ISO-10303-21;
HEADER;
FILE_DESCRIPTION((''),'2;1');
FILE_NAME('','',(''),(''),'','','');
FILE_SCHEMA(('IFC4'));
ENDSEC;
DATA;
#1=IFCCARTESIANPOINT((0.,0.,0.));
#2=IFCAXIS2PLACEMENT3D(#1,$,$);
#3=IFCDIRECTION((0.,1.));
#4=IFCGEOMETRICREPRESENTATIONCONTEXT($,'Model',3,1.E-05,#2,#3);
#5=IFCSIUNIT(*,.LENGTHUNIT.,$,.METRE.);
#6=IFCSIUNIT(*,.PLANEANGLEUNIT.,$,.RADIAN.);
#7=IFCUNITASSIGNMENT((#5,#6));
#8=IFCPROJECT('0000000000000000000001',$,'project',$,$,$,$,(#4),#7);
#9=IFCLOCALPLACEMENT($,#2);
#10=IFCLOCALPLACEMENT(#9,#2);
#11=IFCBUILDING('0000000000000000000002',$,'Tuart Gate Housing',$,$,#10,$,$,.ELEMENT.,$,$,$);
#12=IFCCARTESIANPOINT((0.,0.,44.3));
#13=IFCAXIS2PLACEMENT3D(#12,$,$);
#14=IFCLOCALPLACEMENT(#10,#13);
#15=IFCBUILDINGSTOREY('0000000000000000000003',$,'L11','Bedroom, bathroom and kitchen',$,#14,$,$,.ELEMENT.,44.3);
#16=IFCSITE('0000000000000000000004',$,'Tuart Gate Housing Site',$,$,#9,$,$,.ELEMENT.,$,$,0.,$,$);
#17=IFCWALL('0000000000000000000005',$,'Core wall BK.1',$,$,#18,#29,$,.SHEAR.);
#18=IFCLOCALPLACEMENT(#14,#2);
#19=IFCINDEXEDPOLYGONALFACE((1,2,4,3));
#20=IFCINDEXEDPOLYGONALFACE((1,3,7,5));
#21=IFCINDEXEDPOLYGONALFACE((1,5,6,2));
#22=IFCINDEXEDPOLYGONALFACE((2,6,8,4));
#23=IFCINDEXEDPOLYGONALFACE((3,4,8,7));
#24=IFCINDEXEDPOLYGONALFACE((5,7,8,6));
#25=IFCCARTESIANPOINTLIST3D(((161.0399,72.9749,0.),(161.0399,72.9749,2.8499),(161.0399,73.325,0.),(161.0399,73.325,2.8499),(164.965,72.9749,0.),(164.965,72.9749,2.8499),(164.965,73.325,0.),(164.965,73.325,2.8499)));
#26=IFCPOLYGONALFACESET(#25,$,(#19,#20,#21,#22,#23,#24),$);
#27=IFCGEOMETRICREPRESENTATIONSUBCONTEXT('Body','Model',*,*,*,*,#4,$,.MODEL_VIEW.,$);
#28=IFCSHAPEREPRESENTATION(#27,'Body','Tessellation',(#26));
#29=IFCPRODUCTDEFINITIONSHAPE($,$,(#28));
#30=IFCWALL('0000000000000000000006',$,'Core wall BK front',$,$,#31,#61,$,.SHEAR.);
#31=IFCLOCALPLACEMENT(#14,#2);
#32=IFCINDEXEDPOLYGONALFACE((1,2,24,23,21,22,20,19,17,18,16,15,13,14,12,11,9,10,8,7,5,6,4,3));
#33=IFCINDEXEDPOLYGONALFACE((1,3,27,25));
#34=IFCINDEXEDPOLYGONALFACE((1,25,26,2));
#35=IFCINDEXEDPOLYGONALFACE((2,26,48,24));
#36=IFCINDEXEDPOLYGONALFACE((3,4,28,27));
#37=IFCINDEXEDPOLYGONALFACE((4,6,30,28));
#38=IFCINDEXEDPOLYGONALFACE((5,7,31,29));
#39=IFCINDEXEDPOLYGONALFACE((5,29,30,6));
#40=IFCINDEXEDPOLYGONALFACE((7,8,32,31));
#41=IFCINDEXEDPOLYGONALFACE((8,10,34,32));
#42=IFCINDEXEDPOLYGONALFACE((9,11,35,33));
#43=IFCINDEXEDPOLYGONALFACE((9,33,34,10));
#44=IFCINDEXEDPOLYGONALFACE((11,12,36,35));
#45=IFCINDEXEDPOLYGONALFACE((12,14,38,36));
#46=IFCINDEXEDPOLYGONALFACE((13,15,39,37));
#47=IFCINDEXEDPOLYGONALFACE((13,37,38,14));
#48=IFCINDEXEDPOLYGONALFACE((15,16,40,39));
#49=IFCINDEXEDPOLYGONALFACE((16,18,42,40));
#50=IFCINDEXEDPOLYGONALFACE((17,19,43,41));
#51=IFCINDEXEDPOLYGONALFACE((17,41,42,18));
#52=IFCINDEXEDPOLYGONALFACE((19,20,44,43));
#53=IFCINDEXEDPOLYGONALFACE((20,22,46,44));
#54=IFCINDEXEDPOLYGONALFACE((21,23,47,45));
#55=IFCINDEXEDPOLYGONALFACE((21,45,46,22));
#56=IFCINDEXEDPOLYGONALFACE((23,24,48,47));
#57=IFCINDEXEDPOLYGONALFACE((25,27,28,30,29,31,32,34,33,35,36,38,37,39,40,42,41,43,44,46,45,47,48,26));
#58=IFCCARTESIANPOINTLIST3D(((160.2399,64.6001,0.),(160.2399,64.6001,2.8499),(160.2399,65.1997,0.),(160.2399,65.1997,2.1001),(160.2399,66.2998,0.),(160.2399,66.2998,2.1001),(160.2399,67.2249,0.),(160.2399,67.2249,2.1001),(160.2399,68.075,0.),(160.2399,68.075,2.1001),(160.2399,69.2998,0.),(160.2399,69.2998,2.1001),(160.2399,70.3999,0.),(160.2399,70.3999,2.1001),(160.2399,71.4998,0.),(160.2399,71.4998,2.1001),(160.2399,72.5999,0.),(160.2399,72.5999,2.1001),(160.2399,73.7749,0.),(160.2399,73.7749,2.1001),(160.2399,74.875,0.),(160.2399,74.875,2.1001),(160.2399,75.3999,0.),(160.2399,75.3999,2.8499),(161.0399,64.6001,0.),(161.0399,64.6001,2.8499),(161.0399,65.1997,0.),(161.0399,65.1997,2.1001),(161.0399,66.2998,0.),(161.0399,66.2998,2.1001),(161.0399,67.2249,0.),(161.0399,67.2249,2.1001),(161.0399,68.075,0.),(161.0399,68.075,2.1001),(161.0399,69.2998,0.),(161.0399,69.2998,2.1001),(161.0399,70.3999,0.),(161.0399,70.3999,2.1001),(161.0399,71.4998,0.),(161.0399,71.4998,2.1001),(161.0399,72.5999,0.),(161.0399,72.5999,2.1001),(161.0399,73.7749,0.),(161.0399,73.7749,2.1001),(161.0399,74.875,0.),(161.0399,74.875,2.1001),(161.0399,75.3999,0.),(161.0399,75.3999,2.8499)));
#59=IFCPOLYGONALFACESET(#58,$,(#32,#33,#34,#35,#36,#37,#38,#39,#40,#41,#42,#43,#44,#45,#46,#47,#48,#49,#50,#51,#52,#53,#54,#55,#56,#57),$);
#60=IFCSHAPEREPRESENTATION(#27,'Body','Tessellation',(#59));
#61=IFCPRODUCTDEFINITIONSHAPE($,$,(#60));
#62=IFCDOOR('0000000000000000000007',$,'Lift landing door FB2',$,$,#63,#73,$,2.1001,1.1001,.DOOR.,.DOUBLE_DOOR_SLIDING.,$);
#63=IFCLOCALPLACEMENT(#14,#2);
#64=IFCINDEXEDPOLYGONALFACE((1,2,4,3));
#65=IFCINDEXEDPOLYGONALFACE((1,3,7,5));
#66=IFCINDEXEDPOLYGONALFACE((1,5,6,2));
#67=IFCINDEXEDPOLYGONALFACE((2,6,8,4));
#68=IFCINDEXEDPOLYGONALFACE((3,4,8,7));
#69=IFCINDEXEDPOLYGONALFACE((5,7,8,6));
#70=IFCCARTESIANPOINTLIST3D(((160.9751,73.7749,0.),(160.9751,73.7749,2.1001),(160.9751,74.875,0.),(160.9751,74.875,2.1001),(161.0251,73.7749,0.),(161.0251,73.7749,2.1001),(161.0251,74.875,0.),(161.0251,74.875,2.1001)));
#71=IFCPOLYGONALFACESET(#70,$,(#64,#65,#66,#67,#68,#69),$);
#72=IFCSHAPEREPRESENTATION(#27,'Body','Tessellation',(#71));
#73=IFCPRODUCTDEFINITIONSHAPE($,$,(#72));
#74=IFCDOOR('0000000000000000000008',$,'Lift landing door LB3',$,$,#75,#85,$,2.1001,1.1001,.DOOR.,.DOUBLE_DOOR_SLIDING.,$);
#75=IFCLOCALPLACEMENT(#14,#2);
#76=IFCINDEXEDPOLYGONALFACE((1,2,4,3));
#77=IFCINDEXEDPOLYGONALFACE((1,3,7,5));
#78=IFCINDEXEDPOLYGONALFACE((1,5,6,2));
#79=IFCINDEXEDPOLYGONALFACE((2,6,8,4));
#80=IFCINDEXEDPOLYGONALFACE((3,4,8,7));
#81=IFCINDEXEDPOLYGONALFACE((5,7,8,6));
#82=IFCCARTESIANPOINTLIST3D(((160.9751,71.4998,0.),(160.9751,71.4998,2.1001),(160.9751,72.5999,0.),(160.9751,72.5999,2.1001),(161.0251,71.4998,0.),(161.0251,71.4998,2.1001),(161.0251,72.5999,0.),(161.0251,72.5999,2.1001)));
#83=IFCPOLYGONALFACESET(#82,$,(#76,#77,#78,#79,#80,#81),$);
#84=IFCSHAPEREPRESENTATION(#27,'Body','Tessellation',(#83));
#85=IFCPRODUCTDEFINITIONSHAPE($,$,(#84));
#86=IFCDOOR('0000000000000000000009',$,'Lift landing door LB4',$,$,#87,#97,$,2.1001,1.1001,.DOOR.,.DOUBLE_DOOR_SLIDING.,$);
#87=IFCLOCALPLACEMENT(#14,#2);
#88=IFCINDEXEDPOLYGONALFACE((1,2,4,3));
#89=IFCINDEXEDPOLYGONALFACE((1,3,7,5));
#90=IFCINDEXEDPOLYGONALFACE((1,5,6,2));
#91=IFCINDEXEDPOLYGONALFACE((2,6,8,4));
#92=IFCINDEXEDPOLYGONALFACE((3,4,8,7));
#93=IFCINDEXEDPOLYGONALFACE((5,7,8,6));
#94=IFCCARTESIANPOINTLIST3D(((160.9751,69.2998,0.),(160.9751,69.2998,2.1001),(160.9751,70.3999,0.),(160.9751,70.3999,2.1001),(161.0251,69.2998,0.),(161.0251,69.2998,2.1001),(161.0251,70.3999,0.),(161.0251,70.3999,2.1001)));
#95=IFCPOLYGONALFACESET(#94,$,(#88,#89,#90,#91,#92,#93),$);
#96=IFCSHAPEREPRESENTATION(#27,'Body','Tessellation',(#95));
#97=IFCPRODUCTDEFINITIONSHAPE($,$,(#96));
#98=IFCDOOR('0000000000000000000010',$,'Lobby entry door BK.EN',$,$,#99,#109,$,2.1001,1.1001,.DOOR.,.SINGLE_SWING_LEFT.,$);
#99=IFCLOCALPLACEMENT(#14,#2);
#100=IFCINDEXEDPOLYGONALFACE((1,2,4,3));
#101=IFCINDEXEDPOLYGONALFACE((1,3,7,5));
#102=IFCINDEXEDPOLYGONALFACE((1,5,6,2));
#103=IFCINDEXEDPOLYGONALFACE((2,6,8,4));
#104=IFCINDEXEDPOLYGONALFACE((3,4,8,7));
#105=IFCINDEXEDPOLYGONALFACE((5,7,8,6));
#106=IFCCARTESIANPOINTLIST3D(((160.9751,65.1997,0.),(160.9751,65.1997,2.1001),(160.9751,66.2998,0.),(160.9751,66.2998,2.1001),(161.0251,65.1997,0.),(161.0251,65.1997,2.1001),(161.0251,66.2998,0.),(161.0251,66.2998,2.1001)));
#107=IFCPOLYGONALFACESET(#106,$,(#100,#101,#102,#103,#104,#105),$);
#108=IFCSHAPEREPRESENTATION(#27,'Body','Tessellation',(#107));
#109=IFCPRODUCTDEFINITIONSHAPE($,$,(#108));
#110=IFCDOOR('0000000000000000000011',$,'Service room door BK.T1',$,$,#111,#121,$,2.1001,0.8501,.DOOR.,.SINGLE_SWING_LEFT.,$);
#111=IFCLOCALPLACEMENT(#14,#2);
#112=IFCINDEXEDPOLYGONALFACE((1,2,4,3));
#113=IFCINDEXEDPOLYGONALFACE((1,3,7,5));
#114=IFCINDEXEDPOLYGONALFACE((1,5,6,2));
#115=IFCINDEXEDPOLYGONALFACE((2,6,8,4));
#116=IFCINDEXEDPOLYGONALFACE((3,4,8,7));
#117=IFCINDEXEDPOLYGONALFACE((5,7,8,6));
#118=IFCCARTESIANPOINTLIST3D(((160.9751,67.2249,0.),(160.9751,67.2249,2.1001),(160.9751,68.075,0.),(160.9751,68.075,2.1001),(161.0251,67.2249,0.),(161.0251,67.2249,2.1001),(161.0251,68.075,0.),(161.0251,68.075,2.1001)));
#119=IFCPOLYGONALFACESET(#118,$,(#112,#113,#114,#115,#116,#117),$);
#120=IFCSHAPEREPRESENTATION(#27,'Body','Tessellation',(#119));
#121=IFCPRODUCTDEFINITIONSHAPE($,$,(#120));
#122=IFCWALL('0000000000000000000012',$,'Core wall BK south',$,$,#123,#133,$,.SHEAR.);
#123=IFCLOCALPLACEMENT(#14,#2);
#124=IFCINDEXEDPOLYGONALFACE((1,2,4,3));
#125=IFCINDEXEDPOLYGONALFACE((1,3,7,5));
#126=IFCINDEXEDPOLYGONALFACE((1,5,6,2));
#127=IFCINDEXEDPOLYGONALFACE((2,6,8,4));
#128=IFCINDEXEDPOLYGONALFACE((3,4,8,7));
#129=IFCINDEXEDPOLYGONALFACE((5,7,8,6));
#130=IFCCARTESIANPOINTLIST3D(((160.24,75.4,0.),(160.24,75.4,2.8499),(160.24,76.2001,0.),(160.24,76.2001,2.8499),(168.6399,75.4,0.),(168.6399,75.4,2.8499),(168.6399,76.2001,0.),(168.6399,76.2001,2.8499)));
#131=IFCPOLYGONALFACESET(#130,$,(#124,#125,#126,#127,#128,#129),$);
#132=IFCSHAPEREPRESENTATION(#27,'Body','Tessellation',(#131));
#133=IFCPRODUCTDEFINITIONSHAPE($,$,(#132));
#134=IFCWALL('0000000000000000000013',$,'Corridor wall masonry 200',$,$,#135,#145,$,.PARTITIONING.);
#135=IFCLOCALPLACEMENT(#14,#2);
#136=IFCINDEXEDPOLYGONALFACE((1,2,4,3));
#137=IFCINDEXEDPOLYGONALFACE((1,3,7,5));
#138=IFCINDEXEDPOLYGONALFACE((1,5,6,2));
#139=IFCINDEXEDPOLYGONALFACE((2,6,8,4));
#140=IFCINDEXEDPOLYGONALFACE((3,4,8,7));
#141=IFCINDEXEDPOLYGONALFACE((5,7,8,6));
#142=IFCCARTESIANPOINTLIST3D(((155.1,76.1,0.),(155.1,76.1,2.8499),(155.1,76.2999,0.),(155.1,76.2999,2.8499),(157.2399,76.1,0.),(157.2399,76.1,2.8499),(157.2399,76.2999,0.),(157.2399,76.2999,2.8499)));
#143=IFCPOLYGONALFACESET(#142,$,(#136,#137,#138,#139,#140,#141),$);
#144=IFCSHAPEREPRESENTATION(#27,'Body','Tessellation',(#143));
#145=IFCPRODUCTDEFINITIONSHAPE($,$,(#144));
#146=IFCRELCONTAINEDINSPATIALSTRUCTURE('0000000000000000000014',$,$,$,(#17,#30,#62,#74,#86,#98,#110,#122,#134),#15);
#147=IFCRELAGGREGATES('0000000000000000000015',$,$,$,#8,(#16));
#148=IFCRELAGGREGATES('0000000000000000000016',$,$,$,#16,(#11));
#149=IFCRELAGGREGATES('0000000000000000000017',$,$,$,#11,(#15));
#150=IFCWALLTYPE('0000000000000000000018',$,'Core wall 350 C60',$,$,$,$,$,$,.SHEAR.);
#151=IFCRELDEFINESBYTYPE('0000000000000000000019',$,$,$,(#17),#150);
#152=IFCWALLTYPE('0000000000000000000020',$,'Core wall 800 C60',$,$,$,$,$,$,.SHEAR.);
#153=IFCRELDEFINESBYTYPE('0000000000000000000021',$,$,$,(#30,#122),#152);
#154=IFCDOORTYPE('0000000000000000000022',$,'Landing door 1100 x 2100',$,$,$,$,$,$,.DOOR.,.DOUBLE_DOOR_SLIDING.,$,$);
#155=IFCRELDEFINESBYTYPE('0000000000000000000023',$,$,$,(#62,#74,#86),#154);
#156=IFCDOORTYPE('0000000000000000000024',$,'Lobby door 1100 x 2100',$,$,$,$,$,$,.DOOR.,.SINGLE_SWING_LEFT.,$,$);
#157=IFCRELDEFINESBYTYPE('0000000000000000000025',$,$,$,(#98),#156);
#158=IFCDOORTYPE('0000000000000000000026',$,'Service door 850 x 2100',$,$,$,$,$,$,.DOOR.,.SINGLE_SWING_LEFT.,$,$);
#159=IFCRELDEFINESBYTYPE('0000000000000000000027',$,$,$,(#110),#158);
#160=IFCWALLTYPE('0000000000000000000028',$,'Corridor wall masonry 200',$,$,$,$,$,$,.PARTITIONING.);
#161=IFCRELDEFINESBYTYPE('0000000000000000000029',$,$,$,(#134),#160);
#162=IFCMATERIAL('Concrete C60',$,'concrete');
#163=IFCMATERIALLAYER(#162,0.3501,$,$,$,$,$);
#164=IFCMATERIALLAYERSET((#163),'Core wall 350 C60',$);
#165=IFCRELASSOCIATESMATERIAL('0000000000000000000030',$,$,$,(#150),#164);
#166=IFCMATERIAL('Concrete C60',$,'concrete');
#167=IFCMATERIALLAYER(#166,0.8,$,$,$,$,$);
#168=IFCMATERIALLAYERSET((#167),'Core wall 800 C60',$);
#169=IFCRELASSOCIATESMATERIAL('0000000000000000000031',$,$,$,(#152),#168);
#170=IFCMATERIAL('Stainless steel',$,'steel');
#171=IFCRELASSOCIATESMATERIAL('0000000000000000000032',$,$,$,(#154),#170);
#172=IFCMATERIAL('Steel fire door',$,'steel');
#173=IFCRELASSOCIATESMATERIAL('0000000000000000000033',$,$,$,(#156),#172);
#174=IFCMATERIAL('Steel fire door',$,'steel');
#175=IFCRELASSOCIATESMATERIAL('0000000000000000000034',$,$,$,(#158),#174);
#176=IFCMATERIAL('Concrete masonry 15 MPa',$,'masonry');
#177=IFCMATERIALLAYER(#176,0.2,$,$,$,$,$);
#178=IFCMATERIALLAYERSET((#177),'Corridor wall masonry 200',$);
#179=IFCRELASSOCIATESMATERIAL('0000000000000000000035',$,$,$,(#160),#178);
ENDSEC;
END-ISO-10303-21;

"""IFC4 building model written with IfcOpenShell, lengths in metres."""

from ifc_helpers import new_model, si_unit, direction, frame, frame_2d, origin, place, context, subcontext, project, spatial, rectangle, extrude, material, layer, layer_set, type_object, element, fill, save


model = new_model("IFC4")

# Units and contexts
model_context = context("Model", 3, precision=1e-05, world=origin(), true_north=direction((0.0, 1.0)))
body_context = subcontext(model_context, "Body", "Model", "MODEL_VIEW")
ifc_project = project(units=[si_unit("LENGTHUNIT", "METRE"), si_unit("PLANEANGLEUNIT", "RADIAN")], contexts=[model_context])

# Site, building, storey
site_placement = place(None, origin())
site = spatial("IfcSite", under=ifc_project, at=site_placement, Name="Tuart Gate Housing Site", CompositionType="ELEMENT", RefElevation=0.0)
building_placement = place(site_placement, origin())
building = spatial("IfcBuilding", under=site, at=building_placement, Name="Tuart Gate Housing", CompositionType="ELEMENT")
storey_placement = place(building_placement, frame((0.0, 0.0, 44.3)))
storey = spatial("IfcBuildingStorey", under=building, at=storey_placement, Name="L11", Description="Bedroom, bathroom and kitchen", CompositionType="ELEMENT", Elevation=44.3)

# Wall
ifc_material_1 = material(Name="Concrete C60", Category="concrete")
ifc_layer_1 = layer(ifc_material_1, 0.3501)
ifc_layer_set_1 = layer_set([ifc_layer_1], Name="Core wall 350 C60")
wall_type_1 = type_object("IfcWallType", Name="Core wall 350 C60", PredefinedType="SHEAR", material=ifc_layer_set_1)
wall_1_placement = place(storey_placement, frame((161.04, 73.1499, 0.0), z_axis=(0.0, 0.0, 1.0), x_axis=(1.0, 0.0, 0.0)))
element("IfcWall", 1, at=wall_1_placement, inside=storey, type_object=wall_type_1, Name="Core wall BK.1", PredefinedType="SHEAR", context=body_context, shape_type="SweptSolid", body=[
    extrude(rectangle(XDim=3.925, YDim=0.3501, at=frame_2d((1.9624, 0.0))), origin(), (0.0, 0.0, 1.0), 2.8499),
])

# Wall, openings, doors
ifc_material_2 = material(Name="Concrete C60", Category="concrete")
ifc_layer_2 = layer(ifc_material_2, 0.8)
ifc_layer_set_2 = layer_set([ifc_layer_2], Name="Core wall 800 C60")
wall_type_2 = type_object("IfcWallType", Name="Core wall 800 C60", PredefinedType="SHEAR", material=ifc_layer_set_2)
wall_2_placement = place(storey_placement, frame((160.6399, 75.3999, 0.0), z_axis=(0.0, 0.0, 1.0), x_axis=(0.0, -1.0, 0.0)))
wall_2 = element("IfcWall", 2, at=wall_2_placement, inside=storey, type_object=wall_type_2, Name="Core wall BK front", PredefinedType="SHEAR", context=body_context, shape_type="SweptSolid", body=[
    extrude(rectangle(XDim=10.7998, YDim=0.8, at=frame_2d((5.3999, 0.0))), origin(), (0.0, 0.0, 1.0), 2.8499),
])
opening_1_placement = place(wall_2_placement, frame((0.5249, 0.0, 0.0)))
opening_1 = element("IfcOpeningElement", 3, at=opening_1_placement, cuts=wall_2, PredefinedType="OPENING", context=body_context, shape_type="SweptSolid", body=[
    extrude(rectangle(XDim=1.1001, YDim=2.1001, at=frame_2d((0.55, 1.05))), frame((0.0, 0.4099, 0.0), z_axis=(0.0, -1.0, 0.0), x_axis=(1.0, 0.0, 0.0)), (0.0, 0.0, 1.0), 0.8201),
])
opening_2_placement = place(wall_2_placement, frame((2.8, 0.0, 0.0)))
opening_2 = element("IfcOpeningElement", 4, at=opening_2_placement, cuts=wall_2, PredefinedType="OPENING", context=body_context, shape_type="SweptSolid", body=[
    extrude(rectangle(XDim=1.1001, YDim=2.1001, at=frame_2d((0.55, 1.05))), frame((0.0, 0.4099, 0.0), z_axis=(0.0, -1.0, 0.0), x_axis=(1.0, 0.0, 0.0)), (0.0, 0.0, 1.0), 0.8201),
])
opening_3_placement = place(wall_2_placement, frame((5.0, 0.0, 0.0)))
opening_3 = element("IfcOpeningElement", 5, at=opening_3_placement, cuts=wall_2, PredefinedType="OPENING", context=body_context, shape_type="SweptSolid", body=[
    extrude(rectangle(XDim=1.1001, YDim=2.1001, at=frame_2d((0.55, 1.05))), frame((0.0, 0.4099, 0.0), z_axis=(0.0, -1.0, 0.0), x_axis=(1.0, 0.0, 0.0)), (0.0, 0.0, 1.0), 0.8201),
])
opening_4_placement = place(wall_2_placement, frame((9.1001, 0.0, 0.0)))
opening_4 = element("IfcOpeningElement", 6, at=opening_4_placement, cuts=wall_2, PredefinedType="OPENING", context=body_context, shape_type="SweptSolid", body=[
    extrude(rectangle(XDim=1.1001, YDim=2.1001, at=frame_2d((0.55, 1.05))), frame((0.0, 0.4099, 0.0), z_axis=(0.0, -1.0, 0.0), x_axis=(1.0, 0.0, 0.0)), (0.0, 0.0, 1.0), 0.8201),
])
opening_5_placement = place(wall_2_placement, frame((7.325, 0.0, 0.0)))
opening_5 = element("IfcOpeningElement", 7, at=opening_5_placement, cuts=wall_2, PredefinedType="OPENING", context=body_context, shape_type="SweptSolid", body=[
    extrude(rectangle(XDim=0.8501, YDim=2.1001, at=frame_2d((0.425, 1.05))), frame((0.0, 0.4099, 0.0), z_axis=(0.0, -1.0, 0.0), x_axis=(1.0, 0.0, 0.0)), (0.0, 0.0, 1.0), 0.8201),
])
ifc_material_3 = material(Name="Stainless steel", Category="steel")
door_type_1 = type_object("IfcDoorType", Name="Landing door 1100 x 2100", OperationType="DOUBLE_DOOR_SLIDING", PredefinedType="DOOR", material=ifc_material_3)
door_1_placement = place(opening_1_placement, origin())
door_1 = element("IfcDoor", 8, at=door_1_placement, inside=storey, type_object=door_type_1, Name="Lift landing door FB2", OperationType="DOUBLE_DOOR_SLIDING", OverallHeight=2.1001, OverallWidth=1.1001, PredefinedType="DOOR", context=body_context, shape_type="SweptSolid", body=[
    extrude(rectangle(XDim=1.1001, YDim=2.1001, at=frame_2d((0.55, 1.05))), frame((0.0, 0.3853, 0.0), z_axis=(0.0, -1.0, 0.0), x_axis=(1.0, 0.0, 0.0)), (0.0, 0.0, 1.0), 0.05),
])
fill(opening_1, door_1)
door_2_placement = place(opening_2_placement, origin())
door_2 = element("IfcDoor", 9, at=door_2_placement, inside=storey, type_object=door_type_1, Name="Lift landing door LB3", OperationType="DOUBLE_DOOR_SLIDING", OverallHeight=2.1001, OverallWidth=1.1001, PredefinedType="DOOR", context=body_context, shape_type="SweptSolid", body=[
    extrude(rectangle(XDim=1.1001, YDim=2.1001, at=frame_2d((0.55, 1.05))), frame((0.0, 0.3853, 0.0), z_axis=(0.0, -1.0, 0.0), x_axis=(1.0, 0.0, 0.0)), (0.0, 0.0, 1.0), 0.05),
])
fill(opening_2, door_2)
door_3_placement = place(opening_3_placement, origin())
door_3 = element("IfcDoor", 10, at=door_3_placement, inside=storey, type_object=door_type_1, Name="Lift landing door LB4", OperationType="DOUBLE_DOOR_SLIDING", OverallHeight=2.1001, OverallWidth=1.1001, PredefinedType="DOOR", context=body_context, shape_type="SweptSolid", body=[
    extrude(rectangle(XDim=1.1001, YDim=2.1001, at=frame_2d((0.55, 1.05))), frame((0.0, 0.3853, 0.0), z_axis=(0.0, -1.0, 0.0), x_axis=(1.0, 0.0, 0.0)), (0.0, 0.0, 1.0), 0.05),
])
fill(opening_3, door_3)
ifc_material_4 = material(Name="Steel fire door", Category="steel")
door_type_2 = type_object("IfcDoorType", Name="Lobby door 1100 x 2100", OperationType="SINGLE_SWING_LEFT", PredefinedType="DOOR", material=ifc_material_4)
door_4_placement = place(opening_4_placement, origin())
door_4 = element("IfcDoor", 11, at=door_4_placement, inside=storey, type_object=door_type_2, Name="Lobby entry door BK.EN", OperationType="SINGLE_SWING_LEFT", OverallHeight=2.1001, OverallWidth=1.1001, PredefinedType="DOOR", context=body_context, shape_type="SweptSolid", body=[
    extrude(rectangle(XDim=1.1001, YDim=2.1001, at=frame_2d((0.55, 1.05))), frame((0.0, 0.3853, 0.0), z_axis=(0.0, -1.0, 0.0), x_axis=(1.0, 0.0, 0.0)), (0.0, 0.0, 1.0), 0.05),
])
fill(opening_4, door_4)
ifc_material_5 = material(Name="Steel fire door", Category="steel")
door_type_3 = type_object("IfcDoorType", Name="Service door 850 x 2100", OperationType="SINGLE_SWING_LEFT", PredefinedType="DOOR", material=ifc_material_5)
door_5_placement = place(opening_5_placement, origin())
door_5 = element("IfcDoor", 12, at=door_5_placement, inside=storey, type_object=door_type_3, Name="Service room door BK.T1", OperationType="SINGLE_SWING_LEFT", OverallHeight=2.1001, OverallWidth=0.8501, PredefinedType="DOOR", context=body_context, shape_type="SweptSolid", body=[
    extrude(rectangle(XDim=0.8501, YDim=2.1001, at=frame_2d((0.425, 1.05))), frame((0.0, 0.3853, 0.0), z_axis=(0.0, -1.0, 0.0), x_axis=(1.0, 0.0, 0.0)), (0.0, 0.0, 1.0), 0.05),
])
fill(opening_5, door_5)

# Walls
wall_3_placement = place(storey_placement, frame((160.24, 75.8, 0.0), z_axis=(0.0, 0.0, 1.0), x_axis=(1.0, 0.0, 0.0)))
element("IfcWall", 13, at=wall_3_placement, inside=storey, type_object=wall_type_2, Name="Core wall BK south", PredefinedType="SHEAR", context=body_context, shape_type="SweptSolid", body=[
    extrude(rectangle(XDim=8.3999, YDim=0.8, at=frame_2d((4.2, 0.0))), origin(), (0.0, 0.0, 1.0), 2.8499),
])
ifc_material_6 = material(Name="Concrete masonry 15 MPa", Category="masonry")
ifc_layer_3 = layer(ifc_material_6, 0.2)
ifc_layer_set_3 = layer_set([ifc_layer_3], Name="Corridor wall masonry 200")
wall_type_3 = type_object("IfcWallType", Name="Corridor wall masonry 200", PredefinedType="PARTITIONING", material=ifc_layer_set_3)
wall_4_placement = place(storey_placement, frame((155.1001, 76.2, 0.0), z_axis=(0.0, 0.0, 1.0), x_axis=(1.0, 0.0, 0.0)))
element("IfcWall", 14, at=wall_4_placement, inside=storey, type_object=wall_type_3, Name="Corridor wall masonry 200", PredefinedType="PARTITIONING", context=body_context, shape_type="SweptSolid", body=[
    extrude(rectangle(XDim=2.1399, YDim=0.2, at=frame_2d((1.0698, 0.0))), origin(), (0.0, 0.0, 1.0), 2.8499),
])

save(model, "model.ifc")
